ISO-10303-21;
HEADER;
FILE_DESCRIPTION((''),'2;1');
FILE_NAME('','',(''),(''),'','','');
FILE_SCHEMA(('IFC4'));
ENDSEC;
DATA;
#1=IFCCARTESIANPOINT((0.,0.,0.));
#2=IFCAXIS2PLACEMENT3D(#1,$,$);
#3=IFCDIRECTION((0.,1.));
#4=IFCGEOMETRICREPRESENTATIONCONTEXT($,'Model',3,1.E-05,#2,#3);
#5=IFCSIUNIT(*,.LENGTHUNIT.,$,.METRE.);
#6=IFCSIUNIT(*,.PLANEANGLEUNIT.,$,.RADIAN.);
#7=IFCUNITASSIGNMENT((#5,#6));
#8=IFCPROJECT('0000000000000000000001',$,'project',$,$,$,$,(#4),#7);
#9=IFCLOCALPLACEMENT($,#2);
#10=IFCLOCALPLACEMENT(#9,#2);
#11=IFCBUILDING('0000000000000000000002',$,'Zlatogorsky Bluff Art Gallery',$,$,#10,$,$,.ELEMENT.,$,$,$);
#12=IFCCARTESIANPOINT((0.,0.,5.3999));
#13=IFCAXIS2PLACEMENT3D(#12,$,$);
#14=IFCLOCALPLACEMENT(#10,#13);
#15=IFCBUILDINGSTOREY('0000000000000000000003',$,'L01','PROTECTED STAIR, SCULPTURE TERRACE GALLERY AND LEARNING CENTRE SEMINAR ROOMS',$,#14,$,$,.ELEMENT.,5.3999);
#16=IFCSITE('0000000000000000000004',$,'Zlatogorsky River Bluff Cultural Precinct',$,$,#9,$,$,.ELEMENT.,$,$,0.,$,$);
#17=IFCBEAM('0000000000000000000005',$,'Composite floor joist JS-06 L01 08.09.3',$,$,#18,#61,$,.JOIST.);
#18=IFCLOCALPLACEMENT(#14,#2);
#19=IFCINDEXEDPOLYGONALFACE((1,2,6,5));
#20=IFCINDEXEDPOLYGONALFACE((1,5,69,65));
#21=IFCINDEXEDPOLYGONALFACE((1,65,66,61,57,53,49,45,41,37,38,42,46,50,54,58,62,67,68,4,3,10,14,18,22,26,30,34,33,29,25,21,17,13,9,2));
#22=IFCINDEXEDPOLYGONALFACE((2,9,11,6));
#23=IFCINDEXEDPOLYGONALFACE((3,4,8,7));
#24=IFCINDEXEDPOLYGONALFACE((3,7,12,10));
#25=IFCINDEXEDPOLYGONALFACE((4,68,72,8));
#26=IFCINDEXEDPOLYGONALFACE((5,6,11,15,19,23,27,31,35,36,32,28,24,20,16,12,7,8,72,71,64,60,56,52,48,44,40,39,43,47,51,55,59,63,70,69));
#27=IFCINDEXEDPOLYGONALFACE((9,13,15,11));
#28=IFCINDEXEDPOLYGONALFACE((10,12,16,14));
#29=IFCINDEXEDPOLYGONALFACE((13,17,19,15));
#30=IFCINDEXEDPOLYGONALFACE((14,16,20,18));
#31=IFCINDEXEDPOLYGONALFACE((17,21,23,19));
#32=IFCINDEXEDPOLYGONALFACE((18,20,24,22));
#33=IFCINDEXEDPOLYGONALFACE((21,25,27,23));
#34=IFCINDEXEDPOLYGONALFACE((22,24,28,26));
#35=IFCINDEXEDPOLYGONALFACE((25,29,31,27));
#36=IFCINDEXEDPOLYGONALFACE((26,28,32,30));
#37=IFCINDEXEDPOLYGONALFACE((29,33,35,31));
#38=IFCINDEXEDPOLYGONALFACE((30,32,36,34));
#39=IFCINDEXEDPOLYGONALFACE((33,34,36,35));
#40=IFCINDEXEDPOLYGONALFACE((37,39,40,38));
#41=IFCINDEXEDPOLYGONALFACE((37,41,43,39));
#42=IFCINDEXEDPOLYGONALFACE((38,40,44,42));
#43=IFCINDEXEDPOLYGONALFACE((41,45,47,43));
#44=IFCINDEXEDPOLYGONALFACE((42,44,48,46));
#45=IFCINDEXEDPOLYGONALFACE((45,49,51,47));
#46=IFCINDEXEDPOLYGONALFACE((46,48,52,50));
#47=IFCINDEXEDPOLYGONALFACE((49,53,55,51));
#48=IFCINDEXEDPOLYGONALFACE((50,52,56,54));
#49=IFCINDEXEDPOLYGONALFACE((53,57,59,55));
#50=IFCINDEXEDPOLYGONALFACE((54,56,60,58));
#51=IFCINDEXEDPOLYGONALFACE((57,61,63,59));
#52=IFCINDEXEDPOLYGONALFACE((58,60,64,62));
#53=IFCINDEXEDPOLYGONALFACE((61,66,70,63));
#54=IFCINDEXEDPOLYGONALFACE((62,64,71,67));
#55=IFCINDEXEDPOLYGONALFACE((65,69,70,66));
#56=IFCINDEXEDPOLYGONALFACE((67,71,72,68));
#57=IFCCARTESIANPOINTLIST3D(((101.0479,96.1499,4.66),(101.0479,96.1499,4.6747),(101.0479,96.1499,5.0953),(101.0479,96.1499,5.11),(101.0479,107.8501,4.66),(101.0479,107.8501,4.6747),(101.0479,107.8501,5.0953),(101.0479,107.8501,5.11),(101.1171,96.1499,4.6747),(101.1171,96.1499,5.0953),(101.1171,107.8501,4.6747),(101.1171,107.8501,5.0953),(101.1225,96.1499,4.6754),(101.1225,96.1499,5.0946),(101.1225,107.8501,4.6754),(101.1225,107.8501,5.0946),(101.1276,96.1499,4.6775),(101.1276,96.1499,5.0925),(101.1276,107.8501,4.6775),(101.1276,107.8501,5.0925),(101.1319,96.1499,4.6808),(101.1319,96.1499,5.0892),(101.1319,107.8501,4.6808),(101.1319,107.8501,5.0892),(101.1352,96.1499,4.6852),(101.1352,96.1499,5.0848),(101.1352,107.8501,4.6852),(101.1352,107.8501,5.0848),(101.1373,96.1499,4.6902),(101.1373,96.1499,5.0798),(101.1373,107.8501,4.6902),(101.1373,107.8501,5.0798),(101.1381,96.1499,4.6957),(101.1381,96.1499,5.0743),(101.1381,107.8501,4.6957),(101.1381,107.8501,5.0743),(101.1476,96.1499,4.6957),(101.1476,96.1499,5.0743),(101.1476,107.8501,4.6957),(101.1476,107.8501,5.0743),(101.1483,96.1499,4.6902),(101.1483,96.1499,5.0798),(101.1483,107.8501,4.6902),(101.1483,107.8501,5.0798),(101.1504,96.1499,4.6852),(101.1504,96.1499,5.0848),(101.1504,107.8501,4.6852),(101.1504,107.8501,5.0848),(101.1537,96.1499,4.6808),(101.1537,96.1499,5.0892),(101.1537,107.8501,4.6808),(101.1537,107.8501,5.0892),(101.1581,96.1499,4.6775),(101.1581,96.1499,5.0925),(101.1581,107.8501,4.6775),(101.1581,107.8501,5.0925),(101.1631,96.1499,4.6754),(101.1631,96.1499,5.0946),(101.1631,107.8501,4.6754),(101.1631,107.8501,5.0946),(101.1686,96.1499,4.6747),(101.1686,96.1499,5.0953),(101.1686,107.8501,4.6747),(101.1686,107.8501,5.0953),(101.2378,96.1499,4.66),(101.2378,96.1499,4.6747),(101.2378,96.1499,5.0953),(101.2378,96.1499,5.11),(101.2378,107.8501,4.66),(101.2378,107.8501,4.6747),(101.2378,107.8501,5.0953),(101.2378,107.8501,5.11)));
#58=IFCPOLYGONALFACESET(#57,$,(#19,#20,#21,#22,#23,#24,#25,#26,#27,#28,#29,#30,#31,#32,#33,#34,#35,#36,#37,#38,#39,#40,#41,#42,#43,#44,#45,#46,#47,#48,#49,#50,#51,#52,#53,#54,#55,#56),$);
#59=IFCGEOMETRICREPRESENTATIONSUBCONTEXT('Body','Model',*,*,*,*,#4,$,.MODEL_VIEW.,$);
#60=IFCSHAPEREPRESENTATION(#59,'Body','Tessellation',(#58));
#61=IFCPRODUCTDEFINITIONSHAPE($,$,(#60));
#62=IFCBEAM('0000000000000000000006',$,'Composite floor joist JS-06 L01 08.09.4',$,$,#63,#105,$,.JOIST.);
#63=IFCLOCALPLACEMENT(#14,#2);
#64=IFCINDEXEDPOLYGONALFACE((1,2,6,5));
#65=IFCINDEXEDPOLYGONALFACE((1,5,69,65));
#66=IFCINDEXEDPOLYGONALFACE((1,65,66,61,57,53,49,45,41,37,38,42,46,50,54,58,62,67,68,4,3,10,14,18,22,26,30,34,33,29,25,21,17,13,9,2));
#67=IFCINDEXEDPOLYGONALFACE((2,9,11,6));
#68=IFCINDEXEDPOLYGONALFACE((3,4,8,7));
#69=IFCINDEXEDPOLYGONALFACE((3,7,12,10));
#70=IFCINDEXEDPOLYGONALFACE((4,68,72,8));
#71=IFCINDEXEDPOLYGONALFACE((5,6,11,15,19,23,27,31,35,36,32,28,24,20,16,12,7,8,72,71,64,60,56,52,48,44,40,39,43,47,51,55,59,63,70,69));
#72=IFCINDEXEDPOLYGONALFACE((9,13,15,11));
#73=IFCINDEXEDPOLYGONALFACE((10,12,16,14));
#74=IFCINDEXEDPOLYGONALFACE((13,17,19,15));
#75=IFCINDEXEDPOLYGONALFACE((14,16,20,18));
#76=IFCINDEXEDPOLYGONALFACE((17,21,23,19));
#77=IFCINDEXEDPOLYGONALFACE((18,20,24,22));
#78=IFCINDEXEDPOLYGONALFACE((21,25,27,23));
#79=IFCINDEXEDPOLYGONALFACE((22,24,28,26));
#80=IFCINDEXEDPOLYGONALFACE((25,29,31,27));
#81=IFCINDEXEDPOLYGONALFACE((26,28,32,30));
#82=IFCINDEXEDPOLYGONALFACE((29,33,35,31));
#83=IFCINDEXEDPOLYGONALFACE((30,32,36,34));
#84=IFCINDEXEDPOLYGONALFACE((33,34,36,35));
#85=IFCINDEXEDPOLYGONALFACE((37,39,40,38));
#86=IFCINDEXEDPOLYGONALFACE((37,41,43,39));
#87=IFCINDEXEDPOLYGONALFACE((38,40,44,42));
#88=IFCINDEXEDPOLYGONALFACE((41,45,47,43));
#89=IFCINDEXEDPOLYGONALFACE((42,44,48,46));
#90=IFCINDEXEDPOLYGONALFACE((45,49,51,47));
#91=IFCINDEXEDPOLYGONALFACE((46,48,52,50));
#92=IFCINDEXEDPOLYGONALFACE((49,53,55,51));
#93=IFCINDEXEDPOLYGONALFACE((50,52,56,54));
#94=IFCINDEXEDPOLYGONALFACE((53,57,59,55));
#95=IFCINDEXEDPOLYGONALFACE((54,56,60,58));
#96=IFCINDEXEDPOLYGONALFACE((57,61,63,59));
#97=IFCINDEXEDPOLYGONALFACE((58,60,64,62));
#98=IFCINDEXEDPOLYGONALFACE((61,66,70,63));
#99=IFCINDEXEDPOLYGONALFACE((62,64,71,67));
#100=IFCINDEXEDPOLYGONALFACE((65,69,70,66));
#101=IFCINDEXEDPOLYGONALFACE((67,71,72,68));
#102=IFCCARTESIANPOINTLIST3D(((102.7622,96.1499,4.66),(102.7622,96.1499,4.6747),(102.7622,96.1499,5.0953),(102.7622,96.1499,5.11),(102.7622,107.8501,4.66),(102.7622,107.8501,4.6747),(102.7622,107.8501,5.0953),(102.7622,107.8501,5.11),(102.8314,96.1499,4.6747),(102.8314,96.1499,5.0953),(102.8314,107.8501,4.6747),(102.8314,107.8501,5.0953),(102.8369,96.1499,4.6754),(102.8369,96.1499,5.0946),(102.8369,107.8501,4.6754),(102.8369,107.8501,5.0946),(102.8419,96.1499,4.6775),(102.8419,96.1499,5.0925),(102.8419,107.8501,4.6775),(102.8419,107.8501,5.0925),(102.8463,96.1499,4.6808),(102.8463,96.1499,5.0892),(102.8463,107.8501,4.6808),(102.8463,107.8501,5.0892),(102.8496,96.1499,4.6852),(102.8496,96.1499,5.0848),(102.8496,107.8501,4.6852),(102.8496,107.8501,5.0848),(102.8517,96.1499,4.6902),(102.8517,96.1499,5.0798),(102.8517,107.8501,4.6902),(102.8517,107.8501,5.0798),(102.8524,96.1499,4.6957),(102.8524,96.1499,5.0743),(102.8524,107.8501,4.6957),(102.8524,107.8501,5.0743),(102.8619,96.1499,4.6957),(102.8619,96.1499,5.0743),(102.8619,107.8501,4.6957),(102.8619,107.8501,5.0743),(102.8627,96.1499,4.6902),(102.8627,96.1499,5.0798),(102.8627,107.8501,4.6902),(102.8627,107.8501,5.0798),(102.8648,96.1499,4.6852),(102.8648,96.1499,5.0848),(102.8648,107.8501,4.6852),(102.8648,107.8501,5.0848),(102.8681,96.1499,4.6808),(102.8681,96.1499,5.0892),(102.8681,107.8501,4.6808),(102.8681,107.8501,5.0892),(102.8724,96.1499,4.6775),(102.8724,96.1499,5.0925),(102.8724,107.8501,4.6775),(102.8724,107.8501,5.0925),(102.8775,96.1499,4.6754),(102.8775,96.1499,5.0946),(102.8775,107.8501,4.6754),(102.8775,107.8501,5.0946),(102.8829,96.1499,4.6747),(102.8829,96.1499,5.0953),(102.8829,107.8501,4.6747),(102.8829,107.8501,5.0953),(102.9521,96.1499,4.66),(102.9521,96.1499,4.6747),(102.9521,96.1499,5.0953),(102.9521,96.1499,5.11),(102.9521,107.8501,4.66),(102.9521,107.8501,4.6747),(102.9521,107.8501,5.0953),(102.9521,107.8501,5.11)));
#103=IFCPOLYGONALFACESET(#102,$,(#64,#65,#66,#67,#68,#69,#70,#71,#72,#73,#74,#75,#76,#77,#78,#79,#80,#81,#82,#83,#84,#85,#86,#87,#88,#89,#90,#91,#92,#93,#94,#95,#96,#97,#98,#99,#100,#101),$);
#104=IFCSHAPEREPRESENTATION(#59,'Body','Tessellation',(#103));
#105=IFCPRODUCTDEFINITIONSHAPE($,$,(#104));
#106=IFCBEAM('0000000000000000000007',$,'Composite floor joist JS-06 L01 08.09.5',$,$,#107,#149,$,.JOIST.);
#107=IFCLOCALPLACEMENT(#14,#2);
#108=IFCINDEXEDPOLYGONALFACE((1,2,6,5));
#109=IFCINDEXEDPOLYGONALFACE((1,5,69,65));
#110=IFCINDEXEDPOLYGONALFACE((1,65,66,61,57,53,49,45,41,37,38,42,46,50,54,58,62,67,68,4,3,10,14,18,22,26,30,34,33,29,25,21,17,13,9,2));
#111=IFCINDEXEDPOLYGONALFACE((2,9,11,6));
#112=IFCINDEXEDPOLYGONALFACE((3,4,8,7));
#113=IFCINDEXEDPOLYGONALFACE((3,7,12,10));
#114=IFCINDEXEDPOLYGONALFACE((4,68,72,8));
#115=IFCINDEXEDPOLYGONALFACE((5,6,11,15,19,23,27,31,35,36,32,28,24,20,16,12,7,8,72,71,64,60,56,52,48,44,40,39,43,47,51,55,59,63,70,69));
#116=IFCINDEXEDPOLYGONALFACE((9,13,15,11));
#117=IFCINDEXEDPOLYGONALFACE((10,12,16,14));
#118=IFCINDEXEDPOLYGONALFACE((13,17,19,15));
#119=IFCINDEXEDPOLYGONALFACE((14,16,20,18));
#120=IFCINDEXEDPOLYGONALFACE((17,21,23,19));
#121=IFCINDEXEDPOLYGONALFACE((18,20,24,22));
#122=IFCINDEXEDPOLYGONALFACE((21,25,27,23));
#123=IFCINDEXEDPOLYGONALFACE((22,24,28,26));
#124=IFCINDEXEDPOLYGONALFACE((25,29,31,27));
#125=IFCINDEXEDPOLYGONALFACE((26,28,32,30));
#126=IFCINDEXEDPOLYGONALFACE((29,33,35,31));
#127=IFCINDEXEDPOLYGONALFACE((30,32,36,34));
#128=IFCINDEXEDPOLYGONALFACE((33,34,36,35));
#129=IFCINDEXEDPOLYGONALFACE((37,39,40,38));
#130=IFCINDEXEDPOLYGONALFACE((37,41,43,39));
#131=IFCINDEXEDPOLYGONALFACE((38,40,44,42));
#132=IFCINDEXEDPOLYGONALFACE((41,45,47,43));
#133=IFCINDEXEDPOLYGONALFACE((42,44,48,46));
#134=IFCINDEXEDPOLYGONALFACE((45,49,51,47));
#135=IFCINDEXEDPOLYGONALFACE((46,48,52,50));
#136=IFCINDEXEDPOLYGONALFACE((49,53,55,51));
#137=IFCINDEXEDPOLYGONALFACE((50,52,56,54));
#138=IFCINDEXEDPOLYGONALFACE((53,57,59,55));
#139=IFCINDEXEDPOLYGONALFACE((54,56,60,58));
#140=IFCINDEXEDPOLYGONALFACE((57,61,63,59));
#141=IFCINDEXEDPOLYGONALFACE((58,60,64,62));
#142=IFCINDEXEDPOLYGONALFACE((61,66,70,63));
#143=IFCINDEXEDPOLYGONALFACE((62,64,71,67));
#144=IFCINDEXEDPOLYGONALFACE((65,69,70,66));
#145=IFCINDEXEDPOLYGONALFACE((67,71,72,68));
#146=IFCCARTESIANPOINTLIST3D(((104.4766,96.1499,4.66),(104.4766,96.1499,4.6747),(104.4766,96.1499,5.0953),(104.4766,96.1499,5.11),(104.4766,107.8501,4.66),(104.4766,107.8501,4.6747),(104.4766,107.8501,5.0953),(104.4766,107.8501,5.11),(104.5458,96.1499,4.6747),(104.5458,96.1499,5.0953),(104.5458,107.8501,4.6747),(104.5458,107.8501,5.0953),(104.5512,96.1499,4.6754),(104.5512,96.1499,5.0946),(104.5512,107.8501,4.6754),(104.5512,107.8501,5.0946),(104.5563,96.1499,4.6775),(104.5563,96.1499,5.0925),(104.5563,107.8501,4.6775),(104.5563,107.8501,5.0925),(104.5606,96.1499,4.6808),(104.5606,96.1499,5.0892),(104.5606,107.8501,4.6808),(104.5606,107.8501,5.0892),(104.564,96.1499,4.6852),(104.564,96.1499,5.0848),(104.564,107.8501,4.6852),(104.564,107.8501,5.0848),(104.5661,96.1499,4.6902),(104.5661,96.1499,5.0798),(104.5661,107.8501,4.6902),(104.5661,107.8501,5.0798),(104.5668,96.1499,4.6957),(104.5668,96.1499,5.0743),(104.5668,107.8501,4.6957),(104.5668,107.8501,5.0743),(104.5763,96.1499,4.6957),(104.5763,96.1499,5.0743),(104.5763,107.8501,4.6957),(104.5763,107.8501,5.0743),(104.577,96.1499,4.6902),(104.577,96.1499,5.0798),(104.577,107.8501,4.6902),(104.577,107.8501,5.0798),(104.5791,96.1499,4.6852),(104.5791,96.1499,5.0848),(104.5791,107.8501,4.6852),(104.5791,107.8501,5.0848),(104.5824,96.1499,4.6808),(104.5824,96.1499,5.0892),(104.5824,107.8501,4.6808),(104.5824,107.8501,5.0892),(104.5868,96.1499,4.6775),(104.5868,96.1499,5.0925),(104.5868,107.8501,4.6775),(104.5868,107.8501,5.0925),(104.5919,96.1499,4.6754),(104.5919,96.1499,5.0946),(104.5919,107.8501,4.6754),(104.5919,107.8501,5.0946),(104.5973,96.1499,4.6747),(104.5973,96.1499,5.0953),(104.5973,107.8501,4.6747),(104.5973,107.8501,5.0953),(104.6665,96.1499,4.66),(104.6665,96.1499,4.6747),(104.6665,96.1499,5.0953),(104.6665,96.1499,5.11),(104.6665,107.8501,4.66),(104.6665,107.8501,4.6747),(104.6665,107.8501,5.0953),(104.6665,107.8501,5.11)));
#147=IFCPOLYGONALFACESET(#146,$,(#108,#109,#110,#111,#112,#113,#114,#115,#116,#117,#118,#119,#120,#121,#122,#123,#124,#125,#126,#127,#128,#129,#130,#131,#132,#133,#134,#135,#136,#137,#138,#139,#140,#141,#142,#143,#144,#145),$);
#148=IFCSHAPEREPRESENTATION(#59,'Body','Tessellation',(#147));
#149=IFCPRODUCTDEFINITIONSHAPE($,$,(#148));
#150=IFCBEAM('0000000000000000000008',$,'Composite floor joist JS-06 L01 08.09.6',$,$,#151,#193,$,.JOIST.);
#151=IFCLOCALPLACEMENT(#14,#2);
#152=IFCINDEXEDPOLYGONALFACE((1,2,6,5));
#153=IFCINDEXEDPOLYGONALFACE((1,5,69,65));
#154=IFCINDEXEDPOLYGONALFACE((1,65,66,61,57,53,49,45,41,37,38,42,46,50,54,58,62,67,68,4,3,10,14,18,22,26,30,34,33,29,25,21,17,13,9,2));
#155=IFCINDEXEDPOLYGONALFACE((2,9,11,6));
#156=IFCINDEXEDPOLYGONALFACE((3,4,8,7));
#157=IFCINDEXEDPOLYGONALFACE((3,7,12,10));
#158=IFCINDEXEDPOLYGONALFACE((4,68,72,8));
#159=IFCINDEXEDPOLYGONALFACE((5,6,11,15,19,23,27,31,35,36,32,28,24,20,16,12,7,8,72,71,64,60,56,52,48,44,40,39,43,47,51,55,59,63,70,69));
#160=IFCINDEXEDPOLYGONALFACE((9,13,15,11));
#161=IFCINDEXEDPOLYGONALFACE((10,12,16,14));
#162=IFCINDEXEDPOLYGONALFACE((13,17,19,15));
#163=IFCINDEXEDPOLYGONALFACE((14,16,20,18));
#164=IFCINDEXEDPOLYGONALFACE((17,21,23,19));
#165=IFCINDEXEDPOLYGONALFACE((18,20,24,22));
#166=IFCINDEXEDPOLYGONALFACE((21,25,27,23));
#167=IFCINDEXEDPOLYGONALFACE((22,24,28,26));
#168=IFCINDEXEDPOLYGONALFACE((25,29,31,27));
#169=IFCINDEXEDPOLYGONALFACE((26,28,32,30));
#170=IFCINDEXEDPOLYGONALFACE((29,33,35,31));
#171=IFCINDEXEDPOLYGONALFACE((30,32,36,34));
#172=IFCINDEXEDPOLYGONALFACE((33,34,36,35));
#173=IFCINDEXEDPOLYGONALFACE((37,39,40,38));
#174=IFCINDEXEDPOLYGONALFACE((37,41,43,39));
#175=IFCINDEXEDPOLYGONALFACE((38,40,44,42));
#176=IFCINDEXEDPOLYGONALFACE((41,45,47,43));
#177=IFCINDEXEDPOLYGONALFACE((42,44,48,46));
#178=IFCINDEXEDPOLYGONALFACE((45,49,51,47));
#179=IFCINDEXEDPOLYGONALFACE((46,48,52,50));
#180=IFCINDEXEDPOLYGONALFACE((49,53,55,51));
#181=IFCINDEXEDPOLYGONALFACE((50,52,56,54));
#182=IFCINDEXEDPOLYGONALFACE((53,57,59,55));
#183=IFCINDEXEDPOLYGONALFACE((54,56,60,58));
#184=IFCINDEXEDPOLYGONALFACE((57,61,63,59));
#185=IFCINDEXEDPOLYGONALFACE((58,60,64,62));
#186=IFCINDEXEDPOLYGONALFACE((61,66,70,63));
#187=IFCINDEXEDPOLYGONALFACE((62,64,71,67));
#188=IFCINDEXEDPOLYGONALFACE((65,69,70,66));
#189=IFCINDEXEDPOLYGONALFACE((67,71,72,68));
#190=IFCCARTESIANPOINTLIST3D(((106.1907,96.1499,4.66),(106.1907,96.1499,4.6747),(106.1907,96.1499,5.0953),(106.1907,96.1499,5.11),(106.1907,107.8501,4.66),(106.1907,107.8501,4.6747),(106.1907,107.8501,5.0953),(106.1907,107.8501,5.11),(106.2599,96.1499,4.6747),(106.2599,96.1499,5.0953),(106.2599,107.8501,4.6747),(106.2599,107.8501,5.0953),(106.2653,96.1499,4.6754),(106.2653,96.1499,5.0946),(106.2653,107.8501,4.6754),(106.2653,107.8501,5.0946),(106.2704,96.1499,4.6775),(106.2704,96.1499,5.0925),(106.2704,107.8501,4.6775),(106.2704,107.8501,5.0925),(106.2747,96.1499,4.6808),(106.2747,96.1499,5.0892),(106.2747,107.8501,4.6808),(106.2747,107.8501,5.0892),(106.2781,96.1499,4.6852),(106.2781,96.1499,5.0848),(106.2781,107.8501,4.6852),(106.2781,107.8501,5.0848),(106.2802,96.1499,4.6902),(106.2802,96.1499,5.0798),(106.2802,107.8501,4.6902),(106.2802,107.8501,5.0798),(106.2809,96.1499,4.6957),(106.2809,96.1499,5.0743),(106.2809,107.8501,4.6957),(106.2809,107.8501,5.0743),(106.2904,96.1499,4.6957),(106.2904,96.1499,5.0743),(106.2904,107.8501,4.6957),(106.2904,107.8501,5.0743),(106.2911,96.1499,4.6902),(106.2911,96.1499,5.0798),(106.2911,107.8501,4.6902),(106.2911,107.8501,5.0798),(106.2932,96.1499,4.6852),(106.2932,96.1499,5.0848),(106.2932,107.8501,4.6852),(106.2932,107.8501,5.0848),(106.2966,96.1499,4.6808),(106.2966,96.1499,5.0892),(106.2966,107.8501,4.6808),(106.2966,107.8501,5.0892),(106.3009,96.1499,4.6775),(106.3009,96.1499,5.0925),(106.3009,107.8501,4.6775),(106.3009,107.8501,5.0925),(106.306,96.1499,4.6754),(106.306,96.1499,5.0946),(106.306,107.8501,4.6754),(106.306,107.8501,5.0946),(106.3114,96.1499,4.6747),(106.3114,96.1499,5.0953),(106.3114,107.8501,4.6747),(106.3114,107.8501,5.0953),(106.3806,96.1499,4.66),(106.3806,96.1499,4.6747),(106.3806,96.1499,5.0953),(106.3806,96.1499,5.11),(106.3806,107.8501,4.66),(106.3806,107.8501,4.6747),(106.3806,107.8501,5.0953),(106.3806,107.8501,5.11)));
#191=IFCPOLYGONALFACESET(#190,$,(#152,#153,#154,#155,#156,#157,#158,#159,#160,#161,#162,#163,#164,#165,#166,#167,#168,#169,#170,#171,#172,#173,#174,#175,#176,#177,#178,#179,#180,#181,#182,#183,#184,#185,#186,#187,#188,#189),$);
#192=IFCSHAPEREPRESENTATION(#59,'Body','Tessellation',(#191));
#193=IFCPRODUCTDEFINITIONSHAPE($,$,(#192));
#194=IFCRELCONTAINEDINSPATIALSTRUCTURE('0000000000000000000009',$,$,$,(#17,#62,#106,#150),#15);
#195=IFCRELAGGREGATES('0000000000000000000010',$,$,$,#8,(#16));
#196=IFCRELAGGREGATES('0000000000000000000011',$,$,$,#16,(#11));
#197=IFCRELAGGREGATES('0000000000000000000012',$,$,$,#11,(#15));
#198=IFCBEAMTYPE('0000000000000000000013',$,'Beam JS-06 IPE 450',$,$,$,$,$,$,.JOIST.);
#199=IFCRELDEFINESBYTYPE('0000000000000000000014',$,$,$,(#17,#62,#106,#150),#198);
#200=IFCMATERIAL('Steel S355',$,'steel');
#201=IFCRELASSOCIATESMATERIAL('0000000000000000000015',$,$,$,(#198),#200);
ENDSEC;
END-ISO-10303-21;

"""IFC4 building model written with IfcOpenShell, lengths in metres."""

from ifc_helpers import new_model, si_unit, direction, frame, origin, origin_2d, place, context, subcontext, project, spatial, i_section, extrude, material, material_profile, profile_set, type_object, element, save


model = new_model("IFC4")

# Units and contexts
model_context = context("Model", 3, precision=1e-05, world=origin(), true_north=direction((0.0, 1.0)))
body_context = subcontext(model_context, "Body", "Model", "MODEL_VIEW")
ifc_project = project(units=[si_unit("LENGTHUNIT", "METRE"), si_unit("PLANEANGLEUNIT", "RADIAN")], contexts=[model_context])

# Site, building, storey
site_placement = place(None, origin())
site = spatial("IfcSite", under=ifc_project, at=site_placement, Name="Zlatogorsky River Bluff Cultural Precinct", CompositionType="ELEMENT", RefElevation=0.0)
building_placement = place(site_placement, origin())
building = spatial("IfcBuilding", under=site, at=building_placement, Name="Zlatogorsky Bluff Art Gallery", CompositionType="ELEMENT")
storey_placement = place(building_placement, frame((0.0, 0.0, 5.3999)))
storey = spatial("IfcBuildingStorey", under=building, at=storey_placement, Name="L01", Description="PROTECTED STAIR, SCULPTURE TERRACE GALLERY AND LEARNING CENTRE SEMINAR ROOMS", CompositionType="ELEMENT", Elevation=5.3999)

# Shared definitions
ifc_material_1 = material(Name="Steel S355", Category="steel")

# Beams
ifc_material_profile_1 = material_profile(ifc_material_1, i_section(OverallWidth=0.1899, OverallDepth=0.45, WebThickness=0.0095, FlangeThickness=0.0146, FilletRadius=0.021, at=origin_2d()), Name="IPE 450")
ifc_profile_set_1 = profile_set([ifc_material_profile_1], Name="Steel S355")
beam_type_1 = type_object("IfcBeamType", Name="Beam JS-06 IPE 450", PredefinedType="JOIST", material=ifc_profile_set_1)
for number, where, z_axis, x_axis, name in (
    (1, (101.1428, 96.1499, 4.885), (0.0, 1.0, 0.0), (-1.0, 0.0, 0.0), "Composite floor joist JS-06 L01 08.09.3"),
    (2, (102.8572, 96.1499, 4.885), (0.0, 1.0, 0.0), (-1.0, 0.0, 0.0), "Composite floor joist JS-06 L01 08.09.4"),
    (3, (104.5715, 96.1499, 4.885), (0.0, 1.0, 0.0), (-1.0, 0.0, 0.0), "Composite floor joist JS-06 L01 08.09.5"),
    (4, (106.2856, 96.1499, 4.885), (0.0, 1.0, 0.0), (-1.0, 0.0, 0.0), "Composite floor joist JS-06 L01 08.09.6"),
):
    element("IfcBeam", number, at=place(storey_placement, frame(where, z_axis=z_axis, x_axis=x_axis)), inside=storey, type_object=beam_type_1, Name=name, PredefinedType="JOIST", context=body_context, shape_type="SweptSolid", body=[
        extrude(i_section(OverallWidth=0.1899, OverallDepth=0.45, WebThickness=0.0095, FlangeThickness=0.0146, FilletRadius=0.021, at=origin_2d()), origin(), (0.0, 0.0, 1.0), 11.7002),
    ])

save(model, "model.ifc")
